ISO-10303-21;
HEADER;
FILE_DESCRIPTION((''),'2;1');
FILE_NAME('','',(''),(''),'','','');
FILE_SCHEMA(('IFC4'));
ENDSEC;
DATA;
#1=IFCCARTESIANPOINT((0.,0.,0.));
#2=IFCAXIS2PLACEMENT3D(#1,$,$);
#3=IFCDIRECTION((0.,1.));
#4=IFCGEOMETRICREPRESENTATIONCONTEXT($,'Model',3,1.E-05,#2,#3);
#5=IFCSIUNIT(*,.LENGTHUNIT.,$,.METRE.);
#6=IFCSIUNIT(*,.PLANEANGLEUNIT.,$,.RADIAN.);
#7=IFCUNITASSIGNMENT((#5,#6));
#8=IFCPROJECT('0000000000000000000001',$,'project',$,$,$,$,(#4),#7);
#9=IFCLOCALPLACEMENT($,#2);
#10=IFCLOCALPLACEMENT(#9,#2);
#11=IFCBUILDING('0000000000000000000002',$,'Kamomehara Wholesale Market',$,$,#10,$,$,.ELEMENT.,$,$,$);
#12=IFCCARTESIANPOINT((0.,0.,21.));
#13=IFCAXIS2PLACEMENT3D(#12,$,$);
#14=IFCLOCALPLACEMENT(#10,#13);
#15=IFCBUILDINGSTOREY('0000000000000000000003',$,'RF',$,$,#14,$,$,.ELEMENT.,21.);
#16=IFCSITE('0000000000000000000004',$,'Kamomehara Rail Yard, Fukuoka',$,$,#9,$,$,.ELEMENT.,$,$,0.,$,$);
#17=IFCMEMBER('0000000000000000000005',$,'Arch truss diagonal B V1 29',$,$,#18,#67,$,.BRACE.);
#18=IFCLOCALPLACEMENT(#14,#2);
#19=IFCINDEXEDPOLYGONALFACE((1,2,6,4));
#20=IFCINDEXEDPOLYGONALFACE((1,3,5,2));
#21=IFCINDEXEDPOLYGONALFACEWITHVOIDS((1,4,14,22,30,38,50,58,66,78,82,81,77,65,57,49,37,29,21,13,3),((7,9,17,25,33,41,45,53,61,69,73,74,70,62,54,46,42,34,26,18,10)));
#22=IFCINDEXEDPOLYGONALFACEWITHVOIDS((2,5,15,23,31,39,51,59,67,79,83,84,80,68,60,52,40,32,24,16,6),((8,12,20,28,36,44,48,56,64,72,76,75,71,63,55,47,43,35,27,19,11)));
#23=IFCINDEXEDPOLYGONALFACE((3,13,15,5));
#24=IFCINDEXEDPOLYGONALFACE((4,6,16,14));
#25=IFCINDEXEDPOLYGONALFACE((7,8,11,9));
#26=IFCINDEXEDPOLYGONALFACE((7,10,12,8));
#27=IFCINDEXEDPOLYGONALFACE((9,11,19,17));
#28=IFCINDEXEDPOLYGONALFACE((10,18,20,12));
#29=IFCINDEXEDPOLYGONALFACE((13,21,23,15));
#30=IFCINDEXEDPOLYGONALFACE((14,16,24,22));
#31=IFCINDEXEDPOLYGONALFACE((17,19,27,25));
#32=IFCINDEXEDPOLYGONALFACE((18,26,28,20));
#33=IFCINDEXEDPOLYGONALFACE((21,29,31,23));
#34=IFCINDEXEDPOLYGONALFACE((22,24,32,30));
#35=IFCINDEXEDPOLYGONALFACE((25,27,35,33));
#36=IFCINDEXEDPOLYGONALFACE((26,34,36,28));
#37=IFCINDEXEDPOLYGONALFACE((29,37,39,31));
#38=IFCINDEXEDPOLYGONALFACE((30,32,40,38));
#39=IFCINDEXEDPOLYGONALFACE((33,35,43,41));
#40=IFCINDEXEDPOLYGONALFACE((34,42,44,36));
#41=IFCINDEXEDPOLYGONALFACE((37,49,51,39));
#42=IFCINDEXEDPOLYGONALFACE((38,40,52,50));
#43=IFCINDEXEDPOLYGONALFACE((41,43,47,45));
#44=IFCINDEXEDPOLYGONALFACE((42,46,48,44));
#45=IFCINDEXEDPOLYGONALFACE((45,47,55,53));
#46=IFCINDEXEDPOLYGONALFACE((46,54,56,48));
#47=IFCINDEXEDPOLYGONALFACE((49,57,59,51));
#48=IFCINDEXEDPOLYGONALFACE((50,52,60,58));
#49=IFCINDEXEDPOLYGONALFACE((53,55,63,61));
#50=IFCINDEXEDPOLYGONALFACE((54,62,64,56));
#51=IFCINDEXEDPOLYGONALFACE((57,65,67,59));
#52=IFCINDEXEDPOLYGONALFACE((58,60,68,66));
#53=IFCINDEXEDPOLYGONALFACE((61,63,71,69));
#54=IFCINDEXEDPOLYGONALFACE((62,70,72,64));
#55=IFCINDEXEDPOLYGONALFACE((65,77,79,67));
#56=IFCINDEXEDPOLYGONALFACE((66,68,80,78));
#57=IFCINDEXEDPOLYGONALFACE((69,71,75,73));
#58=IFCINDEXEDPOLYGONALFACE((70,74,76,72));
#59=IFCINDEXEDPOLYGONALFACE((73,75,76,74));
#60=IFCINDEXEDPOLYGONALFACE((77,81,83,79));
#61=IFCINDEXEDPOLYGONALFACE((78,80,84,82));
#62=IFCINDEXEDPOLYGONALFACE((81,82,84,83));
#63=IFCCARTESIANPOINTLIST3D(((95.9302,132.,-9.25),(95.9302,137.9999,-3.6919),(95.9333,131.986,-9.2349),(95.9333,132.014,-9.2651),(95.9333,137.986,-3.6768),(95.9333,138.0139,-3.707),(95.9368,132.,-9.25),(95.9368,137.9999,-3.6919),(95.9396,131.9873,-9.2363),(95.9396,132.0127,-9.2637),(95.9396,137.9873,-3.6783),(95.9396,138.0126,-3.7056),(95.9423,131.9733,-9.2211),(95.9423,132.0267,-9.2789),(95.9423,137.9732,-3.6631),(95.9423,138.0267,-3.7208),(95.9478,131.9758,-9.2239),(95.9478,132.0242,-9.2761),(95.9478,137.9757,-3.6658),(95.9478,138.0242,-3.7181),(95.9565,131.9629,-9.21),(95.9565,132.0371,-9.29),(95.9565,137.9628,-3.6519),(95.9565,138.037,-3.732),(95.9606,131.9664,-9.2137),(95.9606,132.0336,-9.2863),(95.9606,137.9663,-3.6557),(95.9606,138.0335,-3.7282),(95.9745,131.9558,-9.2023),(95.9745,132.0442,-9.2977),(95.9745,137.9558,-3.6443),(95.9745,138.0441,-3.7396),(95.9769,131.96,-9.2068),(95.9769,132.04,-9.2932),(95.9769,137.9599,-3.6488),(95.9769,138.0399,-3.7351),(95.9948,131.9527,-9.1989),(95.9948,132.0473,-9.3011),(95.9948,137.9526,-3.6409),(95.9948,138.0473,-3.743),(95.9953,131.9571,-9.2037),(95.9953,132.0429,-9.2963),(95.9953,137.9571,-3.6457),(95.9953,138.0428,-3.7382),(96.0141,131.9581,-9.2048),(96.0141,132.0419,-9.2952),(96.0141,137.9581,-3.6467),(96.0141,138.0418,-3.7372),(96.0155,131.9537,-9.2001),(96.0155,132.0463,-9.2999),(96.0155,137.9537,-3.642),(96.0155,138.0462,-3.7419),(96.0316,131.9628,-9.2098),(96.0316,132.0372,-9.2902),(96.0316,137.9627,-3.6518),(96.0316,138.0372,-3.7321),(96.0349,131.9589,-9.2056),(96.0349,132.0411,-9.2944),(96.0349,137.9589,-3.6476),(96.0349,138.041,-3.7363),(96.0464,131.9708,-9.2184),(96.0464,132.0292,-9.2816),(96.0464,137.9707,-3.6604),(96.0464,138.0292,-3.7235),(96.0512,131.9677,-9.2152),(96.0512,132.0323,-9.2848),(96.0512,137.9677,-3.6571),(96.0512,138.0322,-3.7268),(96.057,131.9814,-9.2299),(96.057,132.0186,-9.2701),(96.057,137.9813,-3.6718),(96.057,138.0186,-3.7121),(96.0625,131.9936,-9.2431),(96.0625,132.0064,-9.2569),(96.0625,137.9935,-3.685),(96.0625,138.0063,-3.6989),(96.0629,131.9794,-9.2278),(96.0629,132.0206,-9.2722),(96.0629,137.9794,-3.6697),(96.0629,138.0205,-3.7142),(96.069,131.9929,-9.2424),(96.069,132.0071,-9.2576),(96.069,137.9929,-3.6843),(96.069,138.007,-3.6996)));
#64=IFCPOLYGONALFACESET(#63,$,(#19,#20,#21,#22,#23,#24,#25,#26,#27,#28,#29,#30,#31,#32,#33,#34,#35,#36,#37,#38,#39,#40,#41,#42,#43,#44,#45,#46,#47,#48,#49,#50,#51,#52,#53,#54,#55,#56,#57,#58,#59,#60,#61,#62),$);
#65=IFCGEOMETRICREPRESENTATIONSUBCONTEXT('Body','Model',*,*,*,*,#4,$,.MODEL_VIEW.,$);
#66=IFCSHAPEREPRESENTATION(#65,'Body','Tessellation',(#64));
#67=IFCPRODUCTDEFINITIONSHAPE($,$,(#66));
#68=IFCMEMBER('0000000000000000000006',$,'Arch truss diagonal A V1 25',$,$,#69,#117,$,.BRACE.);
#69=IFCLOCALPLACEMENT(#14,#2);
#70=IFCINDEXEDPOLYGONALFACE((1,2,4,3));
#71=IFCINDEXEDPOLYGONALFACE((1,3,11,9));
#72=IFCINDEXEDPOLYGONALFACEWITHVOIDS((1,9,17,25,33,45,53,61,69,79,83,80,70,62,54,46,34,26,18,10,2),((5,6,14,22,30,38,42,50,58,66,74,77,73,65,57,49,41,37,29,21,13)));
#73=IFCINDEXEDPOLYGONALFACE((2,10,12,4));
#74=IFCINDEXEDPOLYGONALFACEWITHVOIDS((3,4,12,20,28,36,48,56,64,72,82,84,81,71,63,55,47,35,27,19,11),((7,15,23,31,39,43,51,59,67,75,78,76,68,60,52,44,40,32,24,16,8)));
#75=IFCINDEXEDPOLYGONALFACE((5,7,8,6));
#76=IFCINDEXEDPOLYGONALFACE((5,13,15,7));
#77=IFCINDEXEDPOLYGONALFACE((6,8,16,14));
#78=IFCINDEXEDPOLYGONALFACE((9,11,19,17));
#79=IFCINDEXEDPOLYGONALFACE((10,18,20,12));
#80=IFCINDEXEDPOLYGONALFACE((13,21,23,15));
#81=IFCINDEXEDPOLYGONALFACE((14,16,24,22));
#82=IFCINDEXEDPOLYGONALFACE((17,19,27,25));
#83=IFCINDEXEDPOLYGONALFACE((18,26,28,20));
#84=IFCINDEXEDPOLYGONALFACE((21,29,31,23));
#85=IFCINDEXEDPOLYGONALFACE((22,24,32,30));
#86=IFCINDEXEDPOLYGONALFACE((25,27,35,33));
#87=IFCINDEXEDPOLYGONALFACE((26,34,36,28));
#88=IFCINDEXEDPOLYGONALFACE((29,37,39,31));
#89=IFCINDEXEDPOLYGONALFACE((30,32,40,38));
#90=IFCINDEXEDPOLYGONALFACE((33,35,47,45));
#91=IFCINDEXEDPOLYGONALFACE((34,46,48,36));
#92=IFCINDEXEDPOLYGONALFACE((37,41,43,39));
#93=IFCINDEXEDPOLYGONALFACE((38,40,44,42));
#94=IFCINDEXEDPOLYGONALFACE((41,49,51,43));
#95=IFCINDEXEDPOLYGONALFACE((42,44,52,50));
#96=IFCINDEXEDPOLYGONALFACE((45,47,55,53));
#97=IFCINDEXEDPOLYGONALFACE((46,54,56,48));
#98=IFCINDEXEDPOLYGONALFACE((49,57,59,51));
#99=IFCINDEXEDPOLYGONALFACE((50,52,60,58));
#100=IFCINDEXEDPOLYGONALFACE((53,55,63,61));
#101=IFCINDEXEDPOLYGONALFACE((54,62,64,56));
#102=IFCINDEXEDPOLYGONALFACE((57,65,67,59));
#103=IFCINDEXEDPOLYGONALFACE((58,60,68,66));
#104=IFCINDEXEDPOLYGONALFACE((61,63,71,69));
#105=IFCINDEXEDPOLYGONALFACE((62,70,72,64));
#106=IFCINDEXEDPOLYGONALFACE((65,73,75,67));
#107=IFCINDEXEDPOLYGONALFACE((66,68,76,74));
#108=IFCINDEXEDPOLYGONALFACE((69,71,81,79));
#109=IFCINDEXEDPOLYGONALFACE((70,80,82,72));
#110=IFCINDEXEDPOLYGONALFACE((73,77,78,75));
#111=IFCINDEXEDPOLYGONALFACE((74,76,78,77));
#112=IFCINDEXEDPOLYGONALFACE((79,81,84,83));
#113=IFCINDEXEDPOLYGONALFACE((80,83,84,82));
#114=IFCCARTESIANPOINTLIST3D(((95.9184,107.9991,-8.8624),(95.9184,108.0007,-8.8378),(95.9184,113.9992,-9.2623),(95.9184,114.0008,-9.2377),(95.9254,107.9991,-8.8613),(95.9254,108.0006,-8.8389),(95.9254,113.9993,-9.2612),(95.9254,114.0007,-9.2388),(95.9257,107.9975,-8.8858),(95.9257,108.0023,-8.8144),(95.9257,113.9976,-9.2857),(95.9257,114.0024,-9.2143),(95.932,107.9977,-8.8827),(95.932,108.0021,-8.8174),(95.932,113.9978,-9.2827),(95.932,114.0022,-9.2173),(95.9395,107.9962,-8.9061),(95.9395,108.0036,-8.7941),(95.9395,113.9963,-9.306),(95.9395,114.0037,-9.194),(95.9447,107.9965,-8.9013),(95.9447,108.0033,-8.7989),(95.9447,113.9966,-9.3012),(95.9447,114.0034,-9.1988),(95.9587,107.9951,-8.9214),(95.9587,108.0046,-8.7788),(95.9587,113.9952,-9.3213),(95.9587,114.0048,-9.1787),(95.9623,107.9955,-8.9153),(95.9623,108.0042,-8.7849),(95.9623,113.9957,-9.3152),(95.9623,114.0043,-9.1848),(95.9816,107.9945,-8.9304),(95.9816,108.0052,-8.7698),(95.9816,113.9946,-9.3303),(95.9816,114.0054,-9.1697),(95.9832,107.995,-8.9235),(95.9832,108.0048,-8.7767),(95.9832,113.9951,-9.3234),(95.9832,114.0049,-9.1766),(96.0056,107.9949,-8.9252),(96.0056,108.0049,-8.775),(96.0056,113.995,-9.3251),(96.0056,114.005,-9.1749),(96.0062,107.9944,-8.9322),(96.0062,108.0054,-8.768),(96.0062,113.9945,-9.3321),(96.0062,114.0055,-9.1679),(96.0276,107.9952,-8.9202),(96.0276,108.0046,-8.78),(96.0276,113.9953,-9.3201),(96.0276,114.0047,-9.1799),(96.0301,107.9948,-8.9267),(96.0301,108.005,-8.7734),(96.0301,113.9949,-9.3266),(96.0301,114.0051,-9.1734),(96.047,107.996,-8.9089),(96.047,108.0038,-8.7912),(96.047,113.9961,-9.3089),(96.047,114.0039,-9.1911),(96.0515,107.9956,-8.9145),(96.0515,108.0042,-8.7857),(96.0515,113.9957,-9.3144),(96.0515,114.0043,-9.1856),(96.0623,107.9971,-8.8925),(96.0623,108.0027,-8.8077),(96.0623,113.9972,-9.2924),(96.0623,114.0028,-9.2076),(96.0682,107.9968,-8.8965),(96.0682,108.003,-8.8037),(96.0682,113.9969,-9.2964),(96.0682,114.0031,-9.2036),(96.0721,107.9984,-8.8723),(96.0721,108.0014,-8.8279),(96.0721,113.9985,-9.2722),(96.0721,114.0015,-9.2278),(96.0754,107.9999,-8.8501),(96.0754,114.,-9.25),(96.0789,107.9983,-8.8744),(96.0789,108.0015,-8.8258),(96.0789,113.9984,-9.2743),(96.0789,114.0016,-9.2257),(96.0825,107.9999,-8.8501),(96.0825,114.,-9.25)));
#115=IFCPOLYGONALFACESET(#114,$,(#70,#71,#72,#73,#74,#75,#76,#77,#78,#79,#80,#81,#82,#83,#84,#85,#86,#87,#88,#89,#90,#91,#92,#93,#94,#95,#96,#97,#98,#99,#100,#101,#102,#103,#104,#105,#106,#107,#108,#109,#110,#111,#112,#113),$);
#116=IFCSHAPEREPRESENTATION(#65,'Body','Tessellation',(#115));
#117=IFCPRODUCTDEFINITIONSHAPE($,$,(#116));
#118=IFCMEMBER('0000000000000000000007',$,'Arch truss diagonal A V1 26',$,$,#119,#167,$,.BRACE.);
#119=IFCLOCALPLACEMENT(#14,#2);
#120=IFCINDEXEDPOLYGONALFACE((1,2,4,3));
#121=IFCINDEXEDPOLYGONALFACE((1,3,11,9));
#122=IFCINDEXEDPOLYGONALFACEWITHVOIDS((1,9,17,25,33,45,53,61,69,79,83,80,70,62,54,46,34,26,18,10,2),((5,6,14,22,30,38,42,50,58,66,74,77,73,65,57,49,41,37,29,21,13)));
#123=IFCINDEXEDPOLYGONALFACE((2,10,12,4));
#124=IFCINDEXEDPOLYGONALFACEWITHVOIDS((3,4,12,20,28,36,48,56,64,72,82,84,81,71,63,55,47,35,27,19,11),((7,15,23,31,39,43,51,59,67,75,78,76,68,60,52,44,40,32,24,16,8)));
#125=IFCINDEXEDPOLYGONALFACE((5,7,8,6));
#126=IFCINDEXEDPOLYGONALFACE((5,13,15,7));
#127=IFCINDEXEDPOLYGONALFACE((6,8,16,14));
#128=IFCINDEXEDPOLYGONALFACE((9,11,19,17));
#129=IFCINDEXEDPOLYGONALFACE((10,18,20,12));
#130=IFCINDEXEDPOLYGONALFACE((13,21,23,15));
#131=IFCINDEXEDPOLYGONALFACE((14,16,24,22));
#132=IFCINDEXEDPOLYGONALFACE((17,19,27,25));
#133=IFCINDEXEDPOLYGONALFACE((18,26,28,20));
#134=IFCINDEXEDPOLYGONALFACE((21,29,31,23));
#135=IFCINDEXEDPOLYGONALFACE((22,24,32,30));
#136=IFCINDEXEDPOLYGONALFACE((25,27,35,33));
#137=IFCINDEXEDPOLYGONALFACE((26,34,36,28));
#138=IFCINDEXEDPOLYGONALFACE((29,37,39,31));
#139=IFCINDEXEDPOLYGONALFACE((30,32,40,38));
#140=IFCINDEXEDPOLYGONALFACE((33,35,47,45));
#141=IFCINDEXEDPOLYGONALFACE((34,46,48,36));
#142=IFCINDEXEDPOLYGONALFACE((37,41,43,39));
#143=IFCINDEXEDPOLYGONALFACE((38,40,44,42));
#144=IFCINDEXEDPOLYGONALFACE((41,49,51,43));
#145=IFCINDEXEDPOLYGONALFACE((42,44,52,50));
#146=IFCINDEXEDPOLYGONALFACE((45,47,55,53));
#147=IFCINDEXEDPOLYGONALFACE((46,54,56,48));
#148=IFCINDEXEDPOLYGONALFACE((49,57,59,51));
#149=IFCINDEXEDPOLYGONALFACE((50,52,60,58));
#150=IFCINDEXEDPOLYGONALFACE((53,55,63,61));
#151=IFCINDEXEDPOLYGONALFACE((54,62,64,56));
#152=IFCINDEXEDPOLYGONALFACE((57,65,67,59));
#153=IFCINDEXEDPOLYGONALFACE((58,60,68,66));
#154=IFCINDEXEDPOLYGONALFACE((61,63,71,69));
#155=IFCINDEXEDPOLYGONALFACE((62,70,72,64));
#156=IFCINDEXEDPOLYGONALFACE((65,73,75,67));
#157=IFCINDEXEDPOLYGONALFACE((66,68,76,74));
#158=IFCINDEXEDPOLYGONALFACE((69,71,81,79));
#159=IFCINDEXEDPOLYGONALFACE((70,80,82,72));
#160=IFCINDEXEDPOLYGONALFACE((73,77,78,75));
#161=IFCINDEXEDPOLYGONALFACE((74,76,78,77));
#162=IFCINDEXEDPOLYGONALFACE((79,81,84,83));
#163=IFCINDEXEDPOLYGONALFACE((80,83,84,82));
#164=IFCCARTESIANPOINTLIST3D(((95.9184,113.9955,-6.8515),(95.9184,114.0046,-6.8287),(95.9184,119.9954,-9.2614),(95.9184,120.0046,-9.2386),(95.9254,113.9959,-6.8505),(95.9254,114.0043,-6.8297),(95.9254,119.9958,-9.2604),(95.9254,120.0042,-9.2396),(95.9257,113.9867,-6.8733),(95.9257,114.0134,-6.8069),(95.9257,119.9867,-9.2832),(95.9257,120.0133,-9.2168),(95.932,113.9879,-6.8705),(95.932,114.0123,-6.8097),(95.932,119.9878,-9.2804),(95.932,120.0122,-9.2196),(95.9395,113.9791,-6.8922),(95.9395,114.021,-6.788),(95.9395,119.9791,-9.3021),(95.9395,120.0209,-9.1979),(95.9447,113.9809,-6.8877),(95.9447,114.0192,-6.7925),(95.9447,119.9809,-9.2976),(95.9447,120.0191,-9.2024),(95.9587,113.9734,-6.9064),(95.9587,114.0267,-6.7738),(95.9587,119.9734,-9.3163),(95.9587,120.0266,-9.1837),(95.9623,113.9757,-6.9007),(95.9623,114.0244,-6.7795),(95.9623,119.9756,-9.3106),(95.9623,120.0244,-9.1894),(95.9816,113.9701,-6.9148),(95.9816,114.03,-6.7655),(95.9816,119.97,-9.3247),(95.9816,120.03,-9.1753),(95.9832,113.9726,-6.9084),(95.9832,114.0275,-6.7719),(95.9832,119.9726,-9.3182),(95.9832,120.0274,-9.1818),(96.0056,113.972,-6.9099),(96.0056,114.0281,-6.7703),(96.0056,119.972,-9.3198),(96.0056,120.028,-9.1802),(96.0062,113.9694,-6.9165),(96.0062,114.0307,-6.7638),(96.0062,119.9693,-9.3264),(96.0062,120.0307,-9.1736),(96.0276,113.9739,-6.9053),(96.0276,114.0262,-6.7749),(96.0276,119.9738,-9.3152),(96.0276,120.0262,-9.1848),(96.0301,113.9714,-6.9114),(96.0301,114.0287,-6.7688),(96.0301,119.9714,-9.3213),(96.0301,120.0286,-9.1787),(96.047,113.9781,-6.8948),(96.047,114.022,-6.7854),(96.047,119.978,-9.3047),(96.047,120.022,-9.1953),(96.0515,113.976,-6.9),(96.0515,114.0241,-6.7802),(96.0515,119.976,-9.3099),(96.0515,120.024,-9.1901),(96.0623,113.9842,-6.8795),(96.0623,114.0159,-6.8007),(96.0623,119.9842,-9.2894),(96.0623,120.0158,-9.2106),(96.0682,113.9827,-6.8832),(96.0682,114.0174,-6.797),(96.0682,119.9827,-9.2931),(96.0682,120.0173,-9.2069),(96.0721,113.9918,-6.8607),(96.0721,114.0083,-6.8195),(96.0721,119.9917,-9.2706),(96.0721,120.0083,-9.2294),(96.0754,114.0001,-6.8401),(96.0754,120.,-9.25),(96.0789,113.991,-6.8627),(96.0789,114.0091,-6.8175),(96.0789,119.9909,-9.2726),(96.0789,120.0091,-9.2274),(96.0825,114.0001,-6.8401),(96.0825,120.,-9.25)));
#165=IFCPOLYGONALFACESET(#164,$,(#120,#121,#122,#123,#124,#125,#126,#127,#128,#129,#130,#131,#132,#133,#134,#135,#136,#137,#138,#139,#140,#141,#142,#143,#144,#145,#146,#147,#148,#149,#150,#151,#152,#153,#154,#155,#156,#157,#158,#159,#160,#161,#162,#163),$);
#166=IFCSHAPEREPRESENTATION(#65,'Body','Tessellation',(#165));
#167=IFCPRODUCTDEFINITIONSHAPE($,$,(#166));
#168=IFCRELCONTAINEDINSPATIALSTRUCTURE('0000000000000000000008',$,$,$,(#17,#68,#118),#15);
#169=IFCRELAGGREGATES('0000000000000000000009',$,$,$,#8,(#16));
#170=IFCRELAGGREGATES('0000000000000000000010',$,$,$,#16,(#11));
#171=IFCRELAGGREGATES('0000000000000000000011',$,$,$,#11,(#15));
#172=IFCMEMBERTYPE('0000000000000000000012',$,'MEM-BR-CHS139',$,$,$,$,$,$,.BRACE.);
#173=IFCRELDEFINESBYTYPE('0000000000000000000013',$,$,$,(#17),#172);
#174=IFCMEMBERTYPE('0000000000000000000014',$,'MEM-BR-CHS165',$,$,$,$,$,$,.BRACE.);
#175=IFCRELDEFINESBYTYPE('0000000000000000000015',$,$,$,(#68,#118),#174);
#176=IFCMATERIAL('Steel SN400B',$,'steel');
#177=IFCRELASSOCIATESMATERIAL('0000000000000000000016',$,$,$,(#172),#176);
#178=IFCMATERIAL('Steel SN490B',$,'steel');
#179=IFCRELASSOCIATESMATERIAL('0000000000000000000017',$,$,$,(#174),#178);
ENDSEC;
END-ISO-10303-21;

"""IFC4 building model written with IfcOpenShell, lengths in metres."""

from ifc_helpers import new_model, si_unit, direction, frame, origin, origin_2d, place, context, subcontext, project, spatial, hollow_circle, extrude, material, material_profile, profile_set, type_object, element, save


model = new_model("IFC4")

# Units and contexts
model_context = context("Model", 3, precision=1e-05, world=origin(), true_north=direction((0.0, 1.0)))
body_context = subcontext(model_context, "Body", "Model", "MODEL_VIEW")
ifc_project = project(units=[si_unit("LENGTHUNIT", "METRE"), si_unit("PLANEANGLEUNIT", "RADIAN")], contexts=[model_context])

# Site, building, storey
site_placement = place(None, origin())
site = spatial("IfcSite", under=ifc_project, at=site_placement, Name="Kamomehara Rail Yard, Fukuoka", CompositionType="ELEMENT", RefElevation=0.0)
building_placement = place(site_placement, origin())
building = spatial("IfcBuilding", under=site, at=building_placement, Name="Kamomehara Wholesale Market", CompositionType="ELEMENT")
storey_placement = place(building_placement, frame((0.0, 0.0, 21.0)))
storey = spatial("IfcBuildingStorey", under=building, at=storey_placement, Name="RF", CompositionType="ELEMENT", Elevation=21.0)

# Members
ifc_material_1 = material(Name="Steel SN400B", Category="steel")
ifc_material_profile_1 = material_profile(ifc_material_1, hollow_circle(Radius=0.0698, WallThickness=0.0066, at=origin_2d()), Name="CHS-139.8x6.6")
ifc_profile_set_1 = profile_set([ifc_material_profile_1], Name="Steel SN400B")
member_type_1 = type_object("IfcMemberType", Name="MEM-BR-CHS139", PredefinedType="BRACE", material=ifc_profile_set_1)
member_1_placement = place(storey_placement, frame((96.0, 132.0, -9.25), z_axis=(0.0, 0.733605, 0.679576), x_axis=(-1.0, 0.0, 0.0)))
element("IfcMember", 1, at=member_1_placement, inside=storey, type_object=member_type_1, Name="Arch truss diagonal B V1 29", PredefinedType="BRACE", context=body_context, shape_type="SweptSolid", body=[
    extrude(hollow_circle(Radius=0.0698, WallThickness=0.0066, at=origin_2d()), origin(), (0.0, 0.0, 1.0), 8.1787),
])
ifc_material_2 = material(Name="Steel SN490B", Category="steel")
ifc_material_profile_2 = material_profile(ifc_material_2, hollow_circle(Radius=0.0825, WallThickness=0.0071, at=origin_2d()), Name="CHS-165.2x7.1")
ifc_profile_set_2 = profile_set([ifc_material_profile_2], Name="Steel SN490B")
member_type_2 = type_object("IfcMemberType", Name="MEM-BR-CHS165", PredefinedType="BRACE", material=ifc_profile_set_2)
member_2_placement = place(storey_placement, frame((96.0, 114.0, -9.25), z_axis=(0.0, -0.997786, 0.066503), x_axis=(1.0, 0.0, 0.0)))
element("IfcMember", 2, at=member_2_placement, inside=storey, type_object=member_type_2, Name="Arch truss diagonal A V1 25", PredefinedType="BRACE", context=body_context, shape_type="SweptSolid", body=[
    extrude(hollow_circle(Radius=0.0825, WallThickness=0.0071, at=origin_2d()), origin(), (0.0, 0.0, 1.0), 6.0134),
])
member_3_placement = place(storey_placement, frame((96.0, 120.0, -9.25), z_axis=(0.0, -0.927947, 0.372712), x_axis=(1.0, 0.0, 0.0)))
element("IfcMember", 3, at=member_3_placement, inside=storey, type_object=member_type_2, Name="Arch truss diagonal A V1 26", PredefinedType="BRACE", context=body_context, shape_type="SweptSolid", body=[
    extrude(hollow_circle(Radius=0.0825, WallThickness=0.0071, at=origin_2d()), origin(), (0.0, 0.0, 1.0), 6.4658),
])

save(model, "model.ifc")
